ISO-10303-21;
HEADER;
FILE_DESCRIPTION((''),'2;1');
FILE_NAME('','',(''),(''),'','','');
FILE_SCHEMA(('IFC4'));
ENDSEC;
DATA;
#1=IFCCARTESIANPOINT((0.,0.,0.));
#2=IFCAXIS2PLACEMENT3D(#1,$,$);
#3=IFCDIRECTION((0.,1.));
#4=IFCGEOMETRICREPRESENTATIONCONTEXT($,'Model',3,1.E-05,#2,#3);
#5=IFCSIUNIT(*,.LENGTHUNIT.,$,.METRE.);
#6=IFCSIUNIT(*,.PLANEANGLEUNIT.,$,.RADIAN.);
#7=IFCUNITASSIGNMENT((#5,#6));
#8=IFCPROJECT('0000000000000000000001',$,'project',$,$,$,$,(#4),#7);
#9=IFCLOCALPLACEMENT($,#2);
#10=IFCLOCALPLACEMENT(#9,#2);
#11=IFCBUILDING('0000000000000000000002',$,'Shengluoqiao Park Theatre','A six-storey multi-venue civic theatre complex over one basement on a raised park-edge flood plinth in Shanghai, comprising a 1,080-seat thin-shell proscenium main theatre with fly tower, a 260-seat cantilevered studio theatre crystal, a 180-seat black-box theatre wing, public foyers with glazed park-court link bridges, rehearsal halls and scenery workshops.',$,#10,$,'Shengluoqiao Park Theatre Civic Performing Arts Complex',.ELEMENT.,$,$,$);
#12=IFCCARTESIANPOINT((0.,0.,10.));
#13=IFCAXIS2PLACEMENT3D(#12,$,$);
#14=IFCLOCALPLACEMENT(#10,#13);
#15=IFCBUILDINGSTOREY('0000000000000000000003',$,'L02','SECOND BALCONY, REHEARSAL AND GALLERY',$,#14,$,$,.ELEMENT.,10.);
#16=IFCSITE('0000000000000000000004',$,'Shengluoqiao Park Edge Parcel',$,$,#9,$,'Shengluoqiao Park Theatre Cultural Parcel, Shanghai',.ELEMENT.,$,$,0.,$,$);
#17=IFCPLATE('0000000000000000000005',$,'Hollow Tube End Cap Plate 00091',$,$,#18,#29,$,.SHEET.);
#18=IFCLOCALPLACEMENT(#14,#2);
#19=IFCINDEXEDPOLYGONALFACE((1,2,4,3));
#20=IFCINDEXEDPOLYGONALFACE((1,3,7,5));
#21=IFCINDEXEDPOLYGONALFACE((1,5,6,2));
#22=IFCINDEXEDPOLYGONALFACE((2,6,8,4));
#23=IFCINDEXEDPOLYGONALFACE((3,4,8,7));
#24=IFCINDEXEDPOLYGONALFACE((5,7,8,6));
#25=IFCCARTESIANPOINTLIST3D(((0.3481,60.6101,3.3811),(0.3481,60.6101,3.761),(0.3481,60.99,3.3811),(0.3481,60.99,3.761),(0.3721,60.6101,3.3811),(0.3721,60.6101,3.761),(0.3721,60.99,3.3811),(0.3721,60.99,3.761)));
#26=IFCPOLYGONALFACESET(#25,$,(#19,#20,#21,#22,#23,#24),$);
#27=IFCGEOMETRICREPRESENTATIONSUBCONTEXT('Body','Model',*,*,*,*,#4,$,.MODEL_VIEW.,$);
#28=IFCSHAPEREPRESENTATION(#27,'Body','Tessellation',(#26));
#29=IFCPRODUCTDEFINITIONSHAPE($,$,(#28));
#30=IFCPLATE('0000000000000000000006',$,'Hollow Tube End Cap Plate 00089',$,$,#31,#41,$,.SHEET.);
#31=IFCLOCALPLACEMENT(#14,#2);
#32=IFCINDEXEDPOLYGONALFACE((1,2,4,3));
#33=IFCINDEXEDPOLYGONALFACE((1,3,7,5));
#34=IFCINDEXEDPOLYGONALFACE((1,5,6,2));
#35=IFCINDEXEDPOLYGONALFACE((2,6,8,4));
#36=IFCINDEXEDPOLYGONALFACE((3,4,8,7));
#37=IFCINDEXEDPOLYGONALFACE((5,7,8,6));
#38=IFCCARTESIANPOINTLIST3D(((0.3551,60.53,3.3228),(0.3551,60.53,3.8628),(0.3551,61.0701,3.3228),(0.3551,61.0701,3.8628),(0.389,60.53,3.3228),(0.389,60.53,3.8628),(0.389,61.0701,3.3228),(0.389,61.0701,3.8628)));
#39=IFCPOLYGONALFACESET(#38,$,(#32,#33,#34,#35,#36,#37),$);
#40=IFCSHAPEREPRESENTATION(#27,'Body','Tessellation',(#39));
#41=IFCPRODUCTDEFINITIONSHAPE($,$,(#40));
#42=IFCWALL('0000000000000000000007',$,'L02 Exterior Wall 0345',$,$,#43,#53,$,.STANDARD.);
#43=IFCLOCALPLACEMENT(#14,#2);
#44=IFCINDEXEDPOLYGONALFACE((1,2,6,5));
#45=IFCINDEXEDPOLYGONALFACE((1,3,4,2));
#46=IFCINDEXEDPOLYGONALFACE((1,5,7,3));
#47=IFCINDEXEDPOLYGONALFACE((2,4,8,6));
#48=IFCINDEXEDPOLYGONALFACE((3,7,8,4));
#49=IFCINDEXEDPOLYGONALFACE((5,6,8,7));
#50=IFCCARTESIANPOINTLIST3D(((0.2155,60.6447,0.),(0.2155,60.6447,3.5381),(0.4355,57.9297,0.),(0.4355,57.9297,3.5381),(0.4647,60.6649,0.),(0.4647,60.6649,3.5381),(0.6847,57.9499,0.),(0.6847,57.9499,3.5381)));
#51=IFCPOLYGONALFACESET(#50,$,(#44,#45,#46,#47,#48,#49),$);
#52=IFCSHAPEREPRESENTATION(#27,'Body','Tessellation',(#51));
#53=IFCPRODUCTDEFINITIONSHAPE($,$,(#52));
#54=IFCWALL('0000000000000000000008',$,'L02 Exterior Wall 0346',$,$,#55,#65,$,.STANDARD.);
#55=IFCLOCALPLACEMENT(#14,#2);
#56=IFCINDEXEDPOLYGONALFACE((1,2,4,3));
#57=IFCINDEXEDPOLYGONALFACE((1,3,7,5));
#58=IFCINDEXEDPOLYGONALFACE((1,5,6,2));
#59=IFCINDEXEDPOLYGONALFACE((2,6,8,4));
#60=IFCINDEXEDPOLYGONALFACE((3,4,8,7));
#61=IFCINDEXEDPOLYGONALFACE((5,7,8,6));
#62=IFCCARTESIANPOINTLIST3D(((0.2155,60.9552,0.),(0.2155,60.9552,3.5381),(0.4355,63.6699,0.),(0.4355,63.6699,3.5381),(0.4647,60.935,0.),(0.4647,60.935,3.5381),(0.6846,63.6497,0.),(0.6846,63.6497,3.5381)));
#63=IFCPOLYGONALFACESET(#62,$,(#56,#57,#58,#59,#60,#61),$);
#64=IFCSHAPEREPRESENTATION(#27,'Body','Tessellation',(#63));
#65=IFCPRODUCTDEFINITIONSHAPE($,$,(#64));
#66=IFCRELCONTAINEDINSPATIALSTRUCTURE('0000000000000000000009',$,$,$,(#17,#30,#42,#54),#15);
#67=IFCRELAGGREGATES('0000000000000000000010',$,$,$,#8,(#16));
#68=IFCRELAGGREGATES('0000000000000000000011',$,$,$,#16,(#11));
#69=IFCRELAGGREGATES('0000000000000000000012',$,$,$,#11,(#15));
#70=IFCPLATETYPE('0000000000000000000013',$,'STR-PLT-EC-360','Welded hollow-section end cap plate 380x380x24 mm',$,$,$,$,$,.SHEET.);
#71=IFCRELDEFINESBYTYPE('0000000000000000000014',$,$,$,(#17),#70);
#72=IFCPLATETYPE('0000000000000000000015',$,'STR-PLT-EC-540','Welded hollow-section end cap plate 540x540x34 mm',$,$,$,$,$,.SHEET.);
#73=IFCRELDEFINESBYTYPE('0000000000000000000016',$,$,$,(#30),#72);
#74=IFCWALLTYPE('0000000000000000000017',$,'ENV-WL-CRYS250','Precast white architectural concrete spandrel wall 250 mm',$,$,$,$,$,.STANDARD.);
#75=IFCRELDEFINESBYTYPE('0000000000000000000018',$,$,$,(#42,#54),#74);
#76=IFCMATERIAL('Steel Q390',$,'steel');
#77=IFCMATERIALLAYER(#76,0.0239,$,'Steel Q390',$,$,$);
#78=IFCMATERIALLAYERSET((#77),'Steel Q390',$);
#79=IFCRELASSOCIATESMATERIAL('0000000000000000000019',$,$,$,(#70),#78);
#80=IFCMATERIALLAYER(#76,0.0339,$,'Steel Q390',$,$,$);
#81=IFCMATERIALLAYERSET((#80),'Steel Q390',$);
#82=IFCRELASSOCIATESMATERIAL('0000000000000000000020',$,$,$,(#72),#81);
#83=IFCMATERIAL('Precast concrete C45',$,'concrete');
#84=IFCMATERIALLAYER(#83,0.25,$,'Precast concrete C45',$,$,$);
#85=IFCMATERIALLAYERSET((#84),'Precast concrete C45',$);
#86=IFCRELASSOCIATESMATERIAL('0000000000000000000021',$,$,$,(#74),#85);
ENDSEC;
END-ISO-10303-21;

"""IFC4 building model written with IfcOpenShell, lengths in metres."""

from ifc_helpers import new_model, si_unit, direction, frame, frame_2d, origin, origin_2d, place, context, subcontext, project, spatial, rectangle, extrude, material, layer, layer_set, type_object, element, save


model = new_model("IFC4")

# Units and contexts
model_context = context("Model", 3, precision=1e-05, world=origin(), true_north=direction((0.0, 1.0)))
body_context = subcontext(model_context, "Body", "Model", "MODEL_VIEW")
ifc_project = project(units=[si_unit("LENGTHUNIT", "METRE"), si_unit("PLANEANGLEUNIT", "RADIAN")], contexts=[model_context])

# Site, building, storey
site_placement = place(None, origin())
site = spatial("IfcSite", under=ifc_project, at=site_placement, Name="Shengluoqiao Park Edge Parcel", LongName="Shengluoqiao Park Theatre Cultural Parcel, Shanghai", CompositionType="ELEMENT", RefElevation=0.0)
building_placement = place(site_placement, origin())
building = spatial("IfcBuilding", under=site, at=building_placement, Name="Shengluoqiao Park Theatre", Description="A six-storey multi-venue civic theatre complex over one basement on a raised park-edge flood plinth in Shanghai, comprising a 1,080-seat thin-shell proscenium main theatre with fly tower, a 260-seat cantilevered studio theatre crystal, a 180-seat black-box theatre wing, public foyers with glazed park-court link bridges, rehearsal halls and scenery workshops.", LongName="Shengluoqiao Park Theatre Civic Performing Arts Complex", CompositionType="ELEMENT")
storey_placement = place(building_placement, frame((0.0, 0.0, 10.0)))
storey = spatial("IfcBuildingStorey", under=building, at=storey_placement, Name="L02", Description="SECOND BALCONY, REHEARSAL AND GALLERY", CompositionType="ELEMENT", Elevation=10.0)

# Shared definitions
ifc_material_1 = material(Name="Steel Q390", Category="steel")

# Shared definitions
ifc_material_2 = material(Name="Precast concrete C45", Category="concrete")

# Plates
ifc_layer_1 = layer(ifc_material_1, 0.0239, Name="Steel Q390")
ifc_layer_set_1 = layer_set([ifc_layer_1], Name="Steel Q390")
plate_type_1 = type_object("IfcPlateType", Name="STR-PLT-EC-360", Description="Welded hollow-section end cap plate 380x380x24 mm", PredefinedType="SHEET", material=ifc_layer_set_1)
for number, where, z_axis, x_axis, name in (
    (1, (0.3601, 60.8, 3.3811), (0.0, 0.0, 1.0), (1.0, 0.0, 0.0), "Hollow Tube End Cap Plate 00091"),
):
    element("IfcPlate", number, at=place(storey_placement, frame(where, z_axis=z_axis, x_axis=x_axis)), inside=storey, type_object=plate_type_1, Name=name, PredefinedType="SHEET", context=body_context, shape_type="SweptSolid", body=[
        extrude(rectangle(XDim=0.0239, YDim=0.3799, at=origin_2d()), origin(), (0.0, 0.0, 1.0), 0.3799),
    ])
ifc_layer_2 = layer(ifc_material_1, 0.0339, Name="Steel Q390")
ifc_layer_set_2 = layer_set([ifc_layer_2], Name="Steel Q390")
plate_type_2 = type_object("IfcPlateType", Name="STR-PLT-EC-540", Description="Welded hollow-section end cap plate 540x540x34 mm", PredefinedType="SHEET", material=ifc_layer_set_2)
plate_1_placement = place(storey_placement, frame((0.3721, 60.8, 3.3228), z_axis=(0.0, 0.0, 1.0), x_axis=(-1.0, 0.0, 0.0)))
element("IfcPlate", 2, at=plate_1_placement, inside=storey, type_object=plate_type_2, Name="Hollow Tube End Cap Plate 00089", PredefinedType="SHEET", context=body_context, shape_type="SweptSolid", body=[
    extrude(rectangle(XDim=0.0339, YDim=0.54, at=origin_2d()), origin(), (0.0, 0.0, 1.0), 0.54),
])

# Walls
ifc_layer_3 = layer(ifc_material_2, 0.25, Name="Precast concrete C45")
ifc_layer_set_3 = layer_set([ifc_layer_3], Name="Precast concrete C45")
wall_type = type_object("IfcWallType", Name="ENV-WL-CRYS250", Description="Precast white architectural concrete spandrel wall 250 mm", PredefinedType="STANDARD", material=ifc_layer_set_3)
wall_1_placement = place(storey_placement, frame((0.5601, 57.9399, 0.0), z_axis=(0.0, 0.0, 1.0), x_axis=(-0.080753, 0.996734, 0.0)))
element("IfcWall", 3, at=wall_1_placement, inside=storey, type_object=wall_type, Name="L02 Exterior Wall 0345", PredefinedType="STANDARD", context=body_context, shape_type="SweptSolid", body=[
    extrude(rectangle(XDim=2.7239, YDim=0.25, at=frame_2d((1.3618, 0.0))), origin(), (0.0, 0.0, 1.0), 3.5381),
])
wall_2_placement = place(storey_placement, frame((0.3401, 60.9451, 0.0), z_axis=(0.0, 0.0, 1.0), x_axis=(0.080761, 0.996734, 0.0)))
element("IfcWall", 4, at=wall_2_placement, inside=storey, type_object=wall_type, Name="L02 Exterior Wall 0346", PredefinedType="STANDARD", context=body_context, shape_type="SweptSolid", body=[
    extrude(rectangle(XDim=2.7236, YDim=0.25, at=frame_2d((1.3618, 0.0))), origin(), (0.0, 0.0, 1.0), 3.5381),
])

save(model, "model.ifc")
